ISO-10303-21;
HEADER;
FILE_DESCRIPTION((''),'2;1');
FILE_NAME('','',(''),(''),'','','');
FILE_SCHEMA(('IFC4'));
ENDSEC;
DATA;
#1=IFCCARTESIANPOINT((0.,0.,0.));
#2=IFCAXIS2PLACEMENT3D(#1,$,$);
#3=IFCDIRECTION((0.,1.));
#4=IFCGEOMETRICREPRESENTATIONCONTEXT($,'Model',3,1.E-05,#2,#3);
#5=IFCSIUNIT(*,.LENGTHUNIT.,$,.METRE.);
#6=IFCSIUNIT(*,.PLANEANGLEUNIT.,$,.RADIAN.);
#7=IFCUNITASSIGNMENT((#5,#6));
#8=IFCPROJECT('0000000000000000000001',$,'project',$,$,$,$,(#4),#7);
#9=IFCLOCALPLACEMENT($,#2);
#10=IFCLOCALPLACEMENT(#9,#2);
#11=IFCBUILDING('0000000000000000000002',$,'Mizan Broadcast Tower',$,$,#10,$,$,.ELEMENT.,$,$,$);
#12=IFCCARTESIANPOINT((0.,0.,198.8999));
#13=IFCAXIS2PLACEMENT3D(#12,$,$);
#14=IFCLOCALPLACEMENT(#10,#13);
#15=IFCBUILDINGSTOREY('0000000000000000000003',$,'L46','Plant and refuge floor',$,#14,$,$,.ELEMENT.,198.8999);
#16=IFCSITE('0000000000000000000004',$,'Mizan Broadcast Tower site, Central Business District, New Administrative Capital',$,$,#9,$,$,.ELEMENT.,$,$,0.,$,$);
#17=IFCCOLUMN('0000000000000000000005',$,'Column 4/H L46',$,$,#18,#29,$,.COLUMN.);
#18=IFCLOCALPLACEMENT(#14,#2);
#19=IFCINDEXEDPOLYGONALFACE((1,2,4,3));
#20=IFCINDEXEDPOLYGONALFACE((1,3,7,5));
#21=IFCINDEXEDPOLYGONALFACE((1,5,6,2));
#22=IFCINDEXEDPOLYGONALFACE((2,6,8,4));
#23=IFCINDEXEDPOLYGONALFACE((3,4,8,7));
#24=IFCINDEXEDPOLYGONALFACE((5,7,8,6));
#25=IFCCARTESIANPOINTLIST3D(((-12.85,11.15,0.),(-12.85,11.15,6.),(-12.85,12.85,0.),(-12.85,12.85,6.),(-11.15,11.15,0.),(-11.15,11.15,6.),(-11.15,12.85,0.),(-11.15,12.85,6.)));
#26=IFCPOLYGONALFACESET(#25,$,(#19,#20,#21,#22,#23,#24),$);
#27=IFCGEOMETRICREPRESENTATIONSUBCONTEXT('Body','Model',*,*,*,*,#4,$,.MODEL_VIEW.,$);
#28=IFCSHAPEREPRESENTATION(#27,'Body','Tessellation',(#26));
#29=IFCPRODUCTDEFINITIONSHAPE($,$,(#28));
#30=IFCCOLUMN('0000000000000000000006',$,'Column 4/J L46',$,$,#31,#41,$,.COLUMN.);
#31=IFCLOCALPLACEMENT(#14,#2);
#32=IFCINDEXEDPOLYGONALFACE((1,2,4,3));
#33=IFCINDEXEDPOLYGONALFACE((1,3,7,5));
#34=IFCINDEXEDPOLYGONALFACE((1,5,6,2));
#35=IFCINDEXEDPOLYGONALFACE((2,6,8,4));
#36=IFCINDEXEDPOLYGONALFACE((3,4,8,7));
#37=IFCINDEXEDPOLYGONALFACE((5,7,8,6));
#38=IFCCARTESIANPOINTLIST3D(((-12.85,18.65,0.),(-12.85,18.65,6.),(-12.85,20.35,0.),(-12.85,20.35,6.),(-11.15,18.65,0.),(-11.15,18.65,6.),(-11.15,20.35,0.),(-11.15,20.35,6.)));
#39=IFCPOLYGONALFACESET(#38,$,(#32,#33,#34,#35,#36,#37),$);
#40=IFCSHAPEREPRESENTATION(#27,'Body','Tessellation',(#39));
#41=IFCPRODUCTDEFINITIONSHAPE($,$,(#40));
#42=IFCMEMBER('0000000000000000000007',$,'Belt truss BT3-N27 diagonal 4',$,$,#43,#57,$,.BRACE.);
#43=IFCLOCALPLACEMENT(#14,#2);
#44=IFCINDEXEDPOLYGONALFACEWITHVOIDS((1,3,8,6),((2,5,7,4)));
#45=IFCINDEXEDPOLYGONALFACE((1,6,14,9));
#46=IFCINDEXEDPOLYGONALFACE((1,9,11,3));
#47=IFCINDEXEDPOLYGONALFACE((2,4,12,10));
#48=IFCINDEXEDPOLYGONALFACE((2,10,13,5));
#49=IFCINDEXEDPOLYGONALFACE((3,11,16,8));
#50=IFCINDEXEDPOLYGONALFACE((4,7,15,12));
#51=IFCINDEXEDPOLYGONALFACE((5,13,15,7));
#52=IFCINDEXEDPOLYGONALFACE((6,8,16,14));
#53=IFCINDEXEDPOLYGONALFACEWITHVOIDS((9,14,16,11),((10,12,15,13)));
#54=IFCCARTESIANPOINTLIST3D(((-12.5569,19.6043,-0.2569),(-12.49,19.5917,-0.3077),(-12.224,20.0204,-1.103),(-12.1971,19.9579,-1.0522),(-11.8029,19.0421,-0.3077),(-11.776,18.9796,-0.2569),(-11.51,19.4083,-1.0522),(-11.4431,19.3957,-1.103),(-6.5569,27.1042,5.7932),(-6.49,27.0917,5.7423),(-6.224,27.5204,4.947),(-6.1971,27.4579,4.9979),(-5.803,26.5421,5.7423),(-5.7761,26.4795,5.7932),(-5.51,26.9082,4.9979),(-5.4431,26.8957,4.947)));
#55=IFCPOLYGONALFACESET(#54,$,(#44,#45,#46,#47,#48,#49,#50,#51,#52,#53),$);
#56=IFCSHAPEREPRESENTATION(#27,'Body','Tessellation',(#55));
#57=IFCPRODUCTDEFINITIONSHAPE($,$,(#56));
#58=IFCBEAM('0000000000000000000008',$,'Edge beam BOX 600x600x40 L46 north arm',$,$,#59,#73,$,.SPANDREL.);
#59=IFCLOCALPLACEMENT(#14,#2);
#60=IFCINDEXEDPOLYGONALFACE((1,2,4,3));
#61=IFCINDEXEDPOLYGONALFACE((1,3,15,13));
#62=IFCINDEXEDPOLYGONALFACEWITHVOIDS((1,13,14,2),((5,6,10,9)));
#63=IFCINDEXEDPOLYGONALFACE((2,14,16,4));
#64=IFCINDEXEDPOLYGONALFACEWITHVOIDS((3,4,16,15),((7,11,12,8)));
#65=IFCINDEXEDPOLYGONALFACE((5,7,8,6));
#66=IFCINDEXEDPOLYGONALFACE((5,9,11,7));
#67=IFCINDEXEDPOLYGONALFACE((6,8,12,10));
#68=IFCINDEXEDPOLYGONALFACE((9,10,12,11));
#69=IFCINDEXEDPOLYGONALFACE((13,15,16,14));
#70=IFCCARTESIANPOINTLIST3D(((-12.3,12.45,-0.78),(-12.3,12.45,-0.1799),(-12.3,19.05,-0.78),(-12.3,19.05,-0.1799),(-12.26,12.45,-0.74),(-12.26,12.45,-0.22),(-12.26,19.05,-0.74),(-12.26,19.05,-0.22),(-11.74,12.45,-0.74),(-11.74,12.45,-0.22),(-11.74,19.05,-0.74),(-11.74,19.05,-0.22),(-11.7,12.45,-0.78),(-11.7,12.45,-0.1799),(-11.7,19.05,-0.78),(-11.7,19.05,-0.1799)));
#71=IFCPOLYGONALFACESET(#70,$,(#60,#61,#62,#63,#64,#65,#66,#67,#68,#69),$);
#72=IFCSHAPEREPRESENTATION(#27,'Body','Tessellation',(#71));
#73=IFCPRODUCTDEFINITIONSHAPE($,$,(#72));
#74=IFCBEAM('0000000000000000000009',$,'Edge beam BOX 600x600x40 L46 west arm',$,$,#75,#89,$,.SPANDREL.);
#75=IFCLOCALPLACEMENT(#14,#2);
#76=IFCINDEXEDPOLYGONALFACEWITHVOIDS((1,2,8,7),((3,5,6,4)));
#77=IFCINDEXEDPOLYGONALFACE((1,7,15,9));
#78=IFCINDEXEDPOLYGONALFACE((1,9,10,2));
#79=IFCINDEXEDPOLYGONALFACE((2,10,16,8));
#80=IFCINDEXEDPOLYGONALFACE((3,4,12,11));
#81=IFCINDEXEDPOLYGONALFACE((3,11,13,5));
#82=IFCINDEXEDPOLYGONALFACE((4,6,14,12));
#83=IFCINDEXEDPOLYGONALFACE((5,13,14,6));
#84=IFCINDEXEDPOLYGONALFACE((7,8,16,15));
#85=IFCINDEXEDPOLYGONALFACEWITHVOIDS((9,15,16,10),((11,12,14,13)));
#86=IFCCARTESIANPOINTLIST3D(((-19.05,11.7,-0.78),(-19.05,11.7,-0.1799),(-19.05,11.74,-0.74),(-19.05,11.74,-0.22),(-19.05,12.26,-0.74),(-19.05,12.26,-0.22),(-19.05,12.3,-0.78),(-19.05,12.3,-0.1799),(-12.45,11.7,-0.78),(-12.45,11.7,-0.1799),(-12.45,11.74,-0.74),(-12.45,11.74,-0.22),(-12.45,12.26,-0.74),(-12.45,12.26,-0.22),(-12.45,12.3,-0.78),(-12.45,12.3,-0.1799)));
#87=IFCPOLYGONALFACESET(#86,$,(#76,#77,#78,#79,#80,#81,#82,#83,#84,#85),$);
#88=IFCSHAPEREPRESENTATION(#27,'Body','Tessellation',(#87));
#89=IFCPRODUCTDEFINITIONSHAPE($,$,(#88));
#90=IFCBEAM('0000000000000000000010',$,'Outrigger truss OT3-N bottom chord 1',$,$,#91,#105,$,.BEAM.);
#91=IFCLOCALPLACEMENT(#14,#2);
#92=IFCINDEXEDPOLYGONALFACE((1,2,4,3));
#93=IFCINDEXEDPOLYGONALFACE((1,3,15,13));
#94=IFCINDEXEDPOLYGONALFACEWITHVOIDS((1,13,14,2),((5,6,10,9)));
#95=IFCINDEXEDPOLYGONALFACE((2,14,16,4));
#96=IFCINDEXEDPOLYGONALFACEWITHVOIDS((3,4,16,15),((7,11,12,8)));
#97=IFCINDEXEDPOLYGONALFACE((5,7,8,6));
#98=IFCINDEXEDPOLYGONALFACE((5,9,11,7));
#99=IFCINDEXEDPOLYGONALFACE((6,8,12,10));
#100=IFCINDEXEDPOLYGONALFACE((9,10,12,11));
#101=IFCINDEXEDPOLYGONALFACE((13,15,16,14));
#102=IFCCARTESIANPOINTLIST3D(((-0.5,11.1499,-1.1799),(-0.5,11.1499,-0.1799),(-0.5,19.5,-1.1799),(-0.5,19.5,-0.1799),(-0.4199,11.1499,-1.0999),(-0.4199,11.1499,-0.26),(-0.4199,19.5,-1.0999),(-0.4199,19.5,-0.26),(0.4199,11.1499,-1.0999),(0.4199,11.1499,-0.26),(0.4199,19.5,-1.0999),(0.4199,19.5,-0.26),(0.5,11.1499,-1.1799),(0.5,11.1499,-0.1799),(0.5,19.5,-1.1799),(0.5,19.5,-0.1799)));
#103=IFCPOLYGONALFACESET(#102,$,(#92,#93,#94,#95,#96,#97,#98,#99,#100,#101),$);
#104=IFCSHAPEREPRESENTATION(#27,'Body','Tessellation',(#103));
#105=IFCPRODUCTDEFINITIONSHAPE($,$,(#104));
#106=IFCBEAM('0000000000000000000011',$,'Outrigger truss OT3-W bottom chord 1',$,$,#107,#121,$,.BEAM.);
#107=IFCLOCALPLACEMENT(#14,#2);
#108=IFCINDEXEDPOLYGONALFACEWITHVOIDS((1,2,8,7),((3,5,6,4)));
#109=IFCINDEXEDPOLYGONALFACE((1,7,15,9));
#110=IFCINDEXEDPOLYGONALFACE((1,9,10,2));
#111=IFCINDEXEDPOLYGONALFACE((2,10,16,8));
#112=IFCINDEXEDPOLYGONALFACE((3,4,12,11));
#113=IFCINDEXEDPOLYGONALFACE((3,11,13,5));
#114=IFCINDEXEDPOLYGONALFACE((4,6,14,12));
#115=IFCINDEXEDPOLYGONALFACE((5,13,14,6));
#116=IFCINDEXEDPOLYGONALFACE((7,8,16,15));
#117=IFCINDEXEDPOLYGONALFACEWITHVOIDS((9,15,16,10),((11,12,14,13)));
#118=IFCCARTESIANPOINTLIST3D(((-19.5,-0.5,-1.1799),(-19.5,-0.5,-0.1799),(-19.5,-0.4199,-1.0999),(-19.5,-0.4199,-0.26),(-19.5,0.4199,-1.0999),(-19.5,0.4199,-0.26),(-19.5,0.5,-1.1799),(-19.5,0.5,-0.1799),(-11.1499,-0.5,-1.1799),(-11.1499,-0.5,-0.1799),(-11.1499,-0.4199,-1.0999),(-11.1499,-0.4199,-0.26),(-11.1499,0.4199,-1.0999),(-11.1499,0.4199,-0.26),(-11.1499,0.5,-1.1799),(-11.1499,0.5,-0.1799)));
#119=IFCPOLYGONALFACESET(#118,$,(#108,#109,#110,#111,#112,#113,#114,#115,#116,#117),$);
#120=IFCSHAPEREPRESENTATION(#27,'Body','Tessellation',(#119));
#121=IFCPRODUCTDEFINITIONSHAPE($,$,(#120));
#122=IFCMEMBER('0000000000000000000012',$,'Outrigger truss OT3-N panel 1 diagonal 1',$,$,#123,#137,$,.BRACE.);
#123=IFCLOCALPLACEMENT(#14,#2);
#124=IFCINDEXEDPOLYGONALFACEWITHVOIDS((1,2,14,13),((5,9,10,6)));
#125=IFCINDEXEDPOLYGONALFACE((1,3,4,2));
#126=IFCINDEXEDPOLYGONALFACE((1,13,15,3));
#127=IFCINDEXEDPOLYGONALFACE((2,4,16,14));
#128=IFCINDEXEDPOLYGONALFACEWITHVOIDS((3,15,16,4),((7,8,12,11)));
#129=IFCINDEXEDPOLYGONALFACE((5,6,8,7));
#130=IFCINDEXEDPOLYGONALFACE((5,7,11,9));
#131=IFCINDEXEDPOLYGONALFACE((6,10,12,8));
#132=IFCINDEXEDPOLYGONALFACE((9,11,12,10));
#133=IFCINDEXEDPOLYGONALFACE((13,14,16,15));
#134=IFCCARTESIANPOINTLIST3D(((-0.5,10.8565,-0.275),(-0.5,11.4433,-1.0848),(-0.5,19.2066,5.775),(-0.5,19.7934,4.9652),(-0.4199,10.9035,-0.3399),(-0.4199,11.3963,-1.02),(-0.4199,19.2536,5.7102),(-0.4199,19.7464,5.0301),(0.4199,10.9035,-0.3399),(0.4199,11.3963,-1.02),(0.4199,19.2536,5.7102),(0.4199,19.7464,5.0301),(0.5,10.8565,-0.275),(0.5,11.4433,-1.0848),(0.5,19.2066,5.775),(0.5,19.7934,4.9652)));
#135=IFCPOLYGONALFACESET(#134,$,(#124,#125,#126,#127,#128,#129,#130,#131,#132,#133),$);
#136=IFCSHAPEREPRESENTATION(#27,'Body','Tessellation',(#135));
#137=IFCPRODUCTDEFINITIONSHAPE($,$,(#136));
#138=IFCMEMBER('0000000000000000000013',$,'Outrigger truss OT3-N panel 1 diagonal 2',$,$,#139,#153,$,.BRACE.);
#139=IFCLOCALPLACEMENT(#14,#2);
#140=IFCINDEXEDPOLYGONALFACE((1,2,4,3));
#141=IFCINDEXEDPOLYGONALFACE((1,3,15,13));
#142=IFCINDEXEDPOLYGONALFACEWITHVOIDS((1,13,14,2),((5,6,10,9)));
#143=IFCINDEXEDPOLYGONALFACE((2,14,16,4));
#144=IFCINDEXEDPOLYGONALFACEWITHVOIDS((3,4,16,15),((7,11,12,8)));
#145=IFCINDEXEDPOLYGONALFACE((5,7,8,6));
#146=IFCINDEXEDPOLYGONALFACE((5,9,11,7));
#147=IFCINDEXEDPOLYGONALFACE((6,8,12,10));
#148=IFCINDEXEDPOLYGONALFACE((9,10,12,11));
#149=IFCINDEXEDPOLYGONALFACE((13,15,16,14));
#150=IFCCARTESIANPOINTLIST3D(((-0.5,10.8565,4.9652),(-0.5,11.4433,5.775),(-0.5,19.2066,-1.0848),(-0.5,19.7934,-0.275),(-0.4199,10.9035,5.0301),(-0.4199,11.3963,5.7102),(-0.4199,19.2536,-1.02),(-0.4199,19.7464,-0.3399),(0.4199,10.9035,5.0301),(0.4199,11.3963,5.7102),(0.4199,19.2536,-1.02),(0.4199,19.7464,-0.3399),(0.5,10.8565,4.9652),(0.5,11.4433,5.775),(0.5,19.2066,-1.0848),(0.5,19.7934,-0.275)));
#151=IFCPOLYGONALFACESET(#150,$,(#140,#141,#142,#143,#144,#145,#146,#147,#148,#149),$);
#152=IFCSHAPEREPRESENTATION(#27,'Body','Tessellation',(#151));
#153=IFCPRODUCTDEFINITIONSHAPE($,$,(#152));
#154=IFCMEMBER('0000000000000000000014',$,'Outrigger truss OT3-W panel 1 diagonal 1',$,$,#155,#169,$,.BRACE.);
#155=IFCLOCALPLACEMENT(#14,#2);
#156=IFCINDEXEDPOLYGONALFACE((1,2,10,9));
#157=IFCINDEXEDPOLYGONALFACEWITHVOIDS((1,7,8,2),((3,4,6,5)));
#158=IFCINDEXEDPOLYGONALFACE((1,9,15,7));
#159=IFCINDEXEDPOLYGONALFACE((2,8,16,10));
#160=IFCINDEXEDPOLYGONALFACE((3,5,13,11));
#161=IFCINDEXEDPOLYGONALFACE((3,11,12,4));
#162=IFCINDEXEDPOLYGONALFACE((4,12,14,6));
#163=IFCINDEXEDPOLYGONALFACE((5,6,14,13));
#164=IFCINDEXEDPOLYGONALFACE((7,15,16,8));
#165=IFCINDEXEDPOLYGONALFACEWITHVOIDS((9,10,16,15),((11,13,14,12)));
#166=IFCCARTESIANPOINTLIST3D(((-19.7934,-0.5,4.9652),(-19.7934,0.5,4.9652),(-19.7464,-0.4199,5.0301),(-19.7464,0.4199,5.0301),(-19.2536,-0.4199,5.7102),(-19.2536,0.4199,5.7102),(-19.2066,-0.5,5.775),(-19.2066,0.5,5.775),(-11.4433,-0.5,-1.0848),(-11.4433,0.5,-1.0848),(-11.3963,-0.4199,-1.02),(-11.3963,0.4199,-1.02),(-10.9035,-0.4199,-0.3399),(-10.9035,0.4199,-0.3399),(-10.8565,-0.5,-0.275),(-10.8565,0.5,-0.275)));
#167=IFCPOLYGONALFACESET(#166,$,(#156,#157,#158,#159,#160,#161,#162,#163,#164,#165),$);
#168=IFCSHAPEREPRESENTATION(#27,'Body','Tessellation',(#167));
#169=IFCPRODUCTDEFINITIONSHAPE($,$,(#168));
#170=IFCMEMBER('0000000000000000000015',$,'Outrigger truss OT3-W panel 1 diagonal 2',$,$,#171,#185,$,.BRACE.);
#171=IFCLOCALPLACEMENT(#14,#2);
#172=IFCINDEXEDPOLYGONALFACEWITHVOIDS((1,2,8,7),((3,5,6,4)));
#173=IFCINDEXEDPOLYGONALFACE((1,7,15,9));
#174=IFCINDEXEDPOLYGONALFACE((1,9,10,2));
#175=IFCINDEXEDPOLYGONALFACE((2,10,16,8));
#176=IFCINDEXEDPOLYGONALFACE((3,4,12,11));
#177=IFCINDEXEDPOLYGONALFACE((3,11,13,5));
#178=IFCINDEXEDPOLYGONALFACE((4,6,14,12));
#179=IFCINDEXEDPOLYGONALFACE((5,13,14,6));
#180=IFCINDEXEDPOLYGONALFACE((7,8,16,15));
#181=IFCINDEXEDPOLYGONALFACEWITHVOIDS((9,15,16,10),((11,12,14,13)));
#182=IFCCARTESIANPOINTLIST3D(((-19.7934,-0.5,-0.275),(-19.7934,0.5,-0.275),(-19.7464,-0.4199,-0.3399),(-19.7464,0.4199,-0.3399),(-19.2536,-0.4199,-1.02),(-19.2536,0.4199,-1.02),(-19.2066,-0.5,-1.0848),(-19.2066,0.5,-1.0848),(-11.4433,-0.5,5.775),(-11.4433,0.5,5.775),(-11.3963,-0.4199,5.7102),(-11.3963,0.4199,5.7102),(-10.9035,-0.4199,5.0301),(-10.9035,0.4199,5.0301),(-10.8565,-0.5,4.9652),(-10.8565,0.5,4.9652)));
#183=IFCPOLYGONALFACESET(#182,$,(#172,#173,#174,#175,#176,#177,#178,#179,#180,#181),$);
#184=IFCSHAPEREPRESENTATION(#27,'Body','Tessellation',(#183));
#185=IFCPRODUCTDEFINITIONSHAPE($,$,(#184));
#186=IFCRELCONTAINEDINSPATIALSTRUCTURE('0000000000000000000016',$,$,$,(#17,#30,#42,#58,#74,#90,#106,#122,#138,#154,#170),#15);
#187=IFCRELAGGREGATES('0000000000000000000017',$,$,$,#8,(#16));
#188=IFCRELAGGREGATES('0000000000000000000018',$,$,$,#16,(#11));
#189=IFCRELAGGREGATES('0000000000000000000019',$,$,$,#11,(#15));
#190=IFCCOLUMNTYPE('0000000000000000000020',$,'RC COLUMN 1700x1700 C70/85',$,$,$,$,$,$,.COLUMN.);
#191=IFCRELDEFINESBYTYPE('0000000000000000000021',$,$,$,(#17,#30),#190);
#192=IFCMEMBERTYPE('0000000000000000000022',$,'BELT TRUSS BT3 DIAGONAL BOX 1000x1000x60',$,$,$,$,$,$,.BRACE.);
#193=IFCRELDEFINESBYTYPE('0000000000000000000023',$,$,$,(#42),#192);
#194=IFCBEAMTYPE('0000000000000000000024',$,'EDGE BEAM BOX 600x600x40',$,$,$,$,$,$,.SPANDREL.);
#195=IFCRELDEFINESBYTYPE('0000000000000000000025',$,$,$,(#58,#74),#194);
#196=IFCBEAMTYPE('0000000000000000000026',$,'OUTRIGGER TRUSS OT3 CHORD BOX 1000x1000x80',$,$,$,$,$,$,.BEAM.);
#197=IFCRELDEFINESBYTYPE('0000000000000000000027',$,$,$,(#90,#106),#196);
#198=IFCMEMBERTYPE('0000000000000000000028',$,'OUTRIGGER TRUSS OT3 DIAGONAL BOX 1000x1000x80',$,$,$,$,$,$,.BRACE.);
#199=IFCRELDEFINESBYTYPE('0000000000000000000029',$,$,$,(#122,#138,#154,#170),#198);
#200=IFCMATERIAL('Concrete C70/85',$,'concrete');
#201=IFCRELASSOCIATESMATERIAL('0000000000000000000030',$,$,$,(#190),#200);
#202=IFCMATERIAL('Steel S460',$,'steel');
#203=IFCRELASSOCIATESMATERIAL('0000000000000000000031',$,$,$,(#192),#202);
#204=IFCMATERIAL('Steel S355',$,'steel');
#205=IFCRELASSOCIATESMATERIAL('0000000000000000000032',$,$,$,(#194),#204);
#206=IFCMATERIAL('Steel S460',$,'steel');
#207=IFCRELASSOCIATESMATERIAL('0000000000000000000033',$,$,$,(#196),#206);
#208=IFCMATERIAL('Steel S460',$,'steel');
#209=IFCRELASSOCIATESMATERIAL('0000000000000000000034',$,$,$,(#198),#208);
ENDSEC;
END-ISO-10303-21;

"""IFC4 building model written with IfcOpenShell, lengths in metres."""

from ifc_helpers import new_model, si_unit, direction, frame, origin, origin_2d, place, context, subcontext, project, spatial, rectangle, hollow_rectangle, extrude, material, material_profile, profile_set, type_object, element, save


model = new_model("IFC4")

# Units and contexts
model_context = context("Model", 3, precision=1e-05, world=origin(), true_north=direction((0.0, 1.0)))
body_context = subcontext(model_context, "Body", "Model", "MODEL_VIEW")
ifc_project = project(units=[si_unit("LENGTHUNIT", "METRE"), si_unit("PLANEANGLEUNIT", "RADIAN")], contexts=[model_context])

# Site, building, storey
site_placement = place(None, origin())
site = spatial("IfcSite", under=ifc_project, at=site_placement, Name="Mizan Broadcast Tower site, Central Business District, New Administrative Capital", CompositionType="ELEMENT", RefElevation=0.0)
building_placement = place(site_placement, origin())
building = spatial("IfcBuilding", under=site, at=building_placement, Name="Mizan Broadcast Tower", CompositionType="ELEMENT")
storey_placement = place(building_placement, frame((0.0, 0.0, 198.8999)))
storey = spatial("IfcBuildingStorey", under=building, at=storey_placement, Name="L46", Description="Plant and refuge floor", CompositionType="ELEMENT", Elevation=198.8999)

# Columns
ifc_material_1 = material(Name="Concrete C70/85", Category="concrete")
ifc_material_profile_1 = material_profile(ifc_material_1, rectangle(XDim=1.7, YDim=1.7, at=origin_2d()), Name="RC 1700x1700")
ifc_profile_set_1 = profile_set([ifc_material_profile_1], Name="Concrete C70/85")
column_type = type_object("IfcColumnType", Name="RC COLUMN 1700x1700 C70/85", PredefinedType="COLUMN", material=ifc_profile_set_1)
for number, where, z_axis, x_axis, name in (
    (1, (-12.0, 12.0, 0.0), (0.0, 0.0, 1.0), (1.0, 0.0, 0.0), "Column 4/H L46"),
    (2, (-12.0, 19.5, 0.0), (0.0, 0.0, 1.0), (1.0, 0.0, 0.0), "Column 4/J L46"),
):
    element("IfcColumn", number, at=place(storey_placement, frame(where, z_axis=z_axis, x_axis=x_axis)), inside=storey, type_object=column_type, Name=name, PredefinedType="COLUMN", context=body_context, shape_type="SweptSolid", body=[
        extrude(rectangle(XDim=1.7, YDim=1.7, at=origin_2d()), origin(), (0.0, 0.0, 1.0), 6.0),
    ])

# Member
ifc_material_2 = material(Name="Steel S460", Category="steel")
ifc_material_profile_2 = material_profile(ifc_material_2, hollow_rectangle(XDim=1.0, YDim=1.0, WallThickness=0.0601, at=origin_2d()), Name="BOX 1000x1000x60")
ifc_profile_set_2 = profile_set([ifc_material_profile_2], Name="Steel S460")
member_type_1 = type_object("IfcMemberType", Name="BELT TRUSS BT3 DIAGONAL BOX 1000x1000x60", PredefinedType="BRACE", material=ifc_profile_set_2)
member_placement = place(storey_placement, frame((-12.0, 19.5, -0.6799), z_axis=(0.528572, 0.660715, 0.532981), x_axis=(-0.780869, 0.624695, 0.0)))
element("IfcMember", 3, at=member_placement, inside=storey, type_object=member_type_1, Name="Belt truss BT3-N27 diagonal 4", PredefinedType="BRACE", context=body_context, shape_type="SweptSolid", body=[
    extrude(hollow_rectangle(XDim=1.0, YDim=1.0, WallThickness=0.0601, at=origin_2d()), origin(), (0.0, 0.0, 1.0), 11.3513),
])

# Beams
ifc_material_3 = material(Name="Steel S355", Category="steel")
ifc_material_profile_3 = material_profile(ifc_material_3, hollow_rectangle(XDim=0.6001, YDim=0.6001, WallThickness=0.04, at=origin_2d()), Name="BOX 600x600x40")
ifc_profile_set_3 = profile_set([ifc_material_profile_3], Name="Steel S355")
beam_type_1 = type_object("IfcBeamType", Name="EDGE BEAM BOX 600x600x40", PredefinedType="SPANDREL", material=ifc_profile_set_3)
for number, where, z_axis, x_axis, name in (
    (4, (-12.0, 12.45, -0.48), (0.0, 1.0, 0.0), (-1.0, 0.0, 0.0), "Edge beam BOX 600x600x40 L46 north arm"),
    (5, (-12.45, 12.0, -0.48), (-1.0, 0.0, 0.0), (0.0, -1.0, 0.0), "Edge beam BOX 600x600x40 L46 west arm"),
):
    element("IfcBeam", number, at=place(storey_placement, frame(where, z_axis=z_axis, x_axis=x_axis)), inside=storey, type_object=beam_type_1, Name=name, PredefinedType="SPANDREL", context=body_context, shape_type="SweptSolid", body=[
        extrude(hollow_rectangle(XDim=0.6001, YDim=0.6001, WallThickness=0.04, at=origin_2d()), origin(), (0.0, 0.0, 1.0), 6.6001),
    ])
ifc_material_4 = material(Name="Steel S460", Category="steel")
ifc_material_profile_4 = material_profile(ifc_material_4, hollow_rectangle(XDim=1.0, YDim=1.0, WallThickness=0.0801, at=origin_2d()), Name="BOX 1000x1000x80")
ifc_profile_set_4 = profile_set([ifc_material_profile_4], Name="Steel S460")
beam_type_2 = type_object("IfcBeamType", Name="OUTRIGGER TRUSS OT3 CHORD BOX 1000x1000x80", PredefinedType="BEAM", material=ifc_profile_set_4)
for number, where, z_axis, x_axis, name in (
    (6, (0.0, 11.1499, -0.6799), (0.0, 1.0, 0.0), (-1.0, 0.0, 0.0), "Outrigger truss OT3-N bottom chord 1"),
    (7, (-11.1499, 0.0, -0.6799), (-1.0, 0.0, 0.0), (0.0, -1.0, 0.0), "Outrigger truss OT3-W bottom chord 1"),
):
    element("IfcBeam", number, at=place(storey_placement, frame(where, z_axis=z_axis, x_axis=x_axis)), inside=storey, type_object=beam_type_2, Name=name, PredefinedType="BEAM", context=body_context, shape_type="SweptSolid", body=[
        extrude(hollow_rectangle(XDim=1.0, YDim=1.0, WallThickness=0.0801, at=origin_2d()), origin(), (0.0, 0.0, 1.0), 8.3501),
    ])

# Members
ifc_material_5 = material(Name="Steel S460", Category="steel")
ifc_material_profile_5 = material_profile(ifc_material_5, hollow_rectangle(XDim=1.0, YDim=1.0, WallThickness=0.0801, at=origin_2d()), Name="BOX 1000x1000x80")
ifc_profile_set_5 = profile_set([ifc_material_profile_5], Name="Steel S460")
member_type_2 = type_object("IfcMemberType", Name="OUTRIGGER TRUSS OT3 DIAGONAL BOX 1000x1000x80", PredefinedType="BRACE", material=ifc_profile_set_5)
for number, where, z_axis, x_axis, name in (
    (8, (0.0, 11.1499, -0.6799), (0.0, 0.809784, 0.586728), (-1.0, 0.0, 0.0), "Outrigger truss OT3-N panel 1 diagonal 1"),
    (9, (0.0, 11.1499, 5.3701), (0.0, 0.809784, -0.586728), (-1.0, 0.0, 0.0), "Outrigger truss OT3-N panel 1 diagonal 2"),
    (10, (-11.1499, 0.0, -0.6799), (-0.809784, 0.0, 0.586728), (0.0, -1.0, 0.0), "Outrigger truss OT3-W panel 1 diagonal 1"),
    (11, (-11.1499, 0.0, 5.3701), (-0.809784, 0.0, -0.586728), (0.0, -1.0, 0.0), "Outrigger truss OT3-W panel 1 diagonal 2"),
):
    element("IfcMember", number, at=place(storey_placement, frame(where, z_axis=z_axis, x_axis=x_axis)), inside=storey, type_object=member_type_2, Name=name, PredefinedType="BRACE", context=body_context, shape_type="SweptSolid", body=[
        extrude(hollow_rectangle(XDim=1.0, YDim=1.0, WallThickness=0.0801, at=origin_2d()), origin(), (0.0, 0.0, 1.0), 10.3115),
    ])

save(model, "model.ifc")
